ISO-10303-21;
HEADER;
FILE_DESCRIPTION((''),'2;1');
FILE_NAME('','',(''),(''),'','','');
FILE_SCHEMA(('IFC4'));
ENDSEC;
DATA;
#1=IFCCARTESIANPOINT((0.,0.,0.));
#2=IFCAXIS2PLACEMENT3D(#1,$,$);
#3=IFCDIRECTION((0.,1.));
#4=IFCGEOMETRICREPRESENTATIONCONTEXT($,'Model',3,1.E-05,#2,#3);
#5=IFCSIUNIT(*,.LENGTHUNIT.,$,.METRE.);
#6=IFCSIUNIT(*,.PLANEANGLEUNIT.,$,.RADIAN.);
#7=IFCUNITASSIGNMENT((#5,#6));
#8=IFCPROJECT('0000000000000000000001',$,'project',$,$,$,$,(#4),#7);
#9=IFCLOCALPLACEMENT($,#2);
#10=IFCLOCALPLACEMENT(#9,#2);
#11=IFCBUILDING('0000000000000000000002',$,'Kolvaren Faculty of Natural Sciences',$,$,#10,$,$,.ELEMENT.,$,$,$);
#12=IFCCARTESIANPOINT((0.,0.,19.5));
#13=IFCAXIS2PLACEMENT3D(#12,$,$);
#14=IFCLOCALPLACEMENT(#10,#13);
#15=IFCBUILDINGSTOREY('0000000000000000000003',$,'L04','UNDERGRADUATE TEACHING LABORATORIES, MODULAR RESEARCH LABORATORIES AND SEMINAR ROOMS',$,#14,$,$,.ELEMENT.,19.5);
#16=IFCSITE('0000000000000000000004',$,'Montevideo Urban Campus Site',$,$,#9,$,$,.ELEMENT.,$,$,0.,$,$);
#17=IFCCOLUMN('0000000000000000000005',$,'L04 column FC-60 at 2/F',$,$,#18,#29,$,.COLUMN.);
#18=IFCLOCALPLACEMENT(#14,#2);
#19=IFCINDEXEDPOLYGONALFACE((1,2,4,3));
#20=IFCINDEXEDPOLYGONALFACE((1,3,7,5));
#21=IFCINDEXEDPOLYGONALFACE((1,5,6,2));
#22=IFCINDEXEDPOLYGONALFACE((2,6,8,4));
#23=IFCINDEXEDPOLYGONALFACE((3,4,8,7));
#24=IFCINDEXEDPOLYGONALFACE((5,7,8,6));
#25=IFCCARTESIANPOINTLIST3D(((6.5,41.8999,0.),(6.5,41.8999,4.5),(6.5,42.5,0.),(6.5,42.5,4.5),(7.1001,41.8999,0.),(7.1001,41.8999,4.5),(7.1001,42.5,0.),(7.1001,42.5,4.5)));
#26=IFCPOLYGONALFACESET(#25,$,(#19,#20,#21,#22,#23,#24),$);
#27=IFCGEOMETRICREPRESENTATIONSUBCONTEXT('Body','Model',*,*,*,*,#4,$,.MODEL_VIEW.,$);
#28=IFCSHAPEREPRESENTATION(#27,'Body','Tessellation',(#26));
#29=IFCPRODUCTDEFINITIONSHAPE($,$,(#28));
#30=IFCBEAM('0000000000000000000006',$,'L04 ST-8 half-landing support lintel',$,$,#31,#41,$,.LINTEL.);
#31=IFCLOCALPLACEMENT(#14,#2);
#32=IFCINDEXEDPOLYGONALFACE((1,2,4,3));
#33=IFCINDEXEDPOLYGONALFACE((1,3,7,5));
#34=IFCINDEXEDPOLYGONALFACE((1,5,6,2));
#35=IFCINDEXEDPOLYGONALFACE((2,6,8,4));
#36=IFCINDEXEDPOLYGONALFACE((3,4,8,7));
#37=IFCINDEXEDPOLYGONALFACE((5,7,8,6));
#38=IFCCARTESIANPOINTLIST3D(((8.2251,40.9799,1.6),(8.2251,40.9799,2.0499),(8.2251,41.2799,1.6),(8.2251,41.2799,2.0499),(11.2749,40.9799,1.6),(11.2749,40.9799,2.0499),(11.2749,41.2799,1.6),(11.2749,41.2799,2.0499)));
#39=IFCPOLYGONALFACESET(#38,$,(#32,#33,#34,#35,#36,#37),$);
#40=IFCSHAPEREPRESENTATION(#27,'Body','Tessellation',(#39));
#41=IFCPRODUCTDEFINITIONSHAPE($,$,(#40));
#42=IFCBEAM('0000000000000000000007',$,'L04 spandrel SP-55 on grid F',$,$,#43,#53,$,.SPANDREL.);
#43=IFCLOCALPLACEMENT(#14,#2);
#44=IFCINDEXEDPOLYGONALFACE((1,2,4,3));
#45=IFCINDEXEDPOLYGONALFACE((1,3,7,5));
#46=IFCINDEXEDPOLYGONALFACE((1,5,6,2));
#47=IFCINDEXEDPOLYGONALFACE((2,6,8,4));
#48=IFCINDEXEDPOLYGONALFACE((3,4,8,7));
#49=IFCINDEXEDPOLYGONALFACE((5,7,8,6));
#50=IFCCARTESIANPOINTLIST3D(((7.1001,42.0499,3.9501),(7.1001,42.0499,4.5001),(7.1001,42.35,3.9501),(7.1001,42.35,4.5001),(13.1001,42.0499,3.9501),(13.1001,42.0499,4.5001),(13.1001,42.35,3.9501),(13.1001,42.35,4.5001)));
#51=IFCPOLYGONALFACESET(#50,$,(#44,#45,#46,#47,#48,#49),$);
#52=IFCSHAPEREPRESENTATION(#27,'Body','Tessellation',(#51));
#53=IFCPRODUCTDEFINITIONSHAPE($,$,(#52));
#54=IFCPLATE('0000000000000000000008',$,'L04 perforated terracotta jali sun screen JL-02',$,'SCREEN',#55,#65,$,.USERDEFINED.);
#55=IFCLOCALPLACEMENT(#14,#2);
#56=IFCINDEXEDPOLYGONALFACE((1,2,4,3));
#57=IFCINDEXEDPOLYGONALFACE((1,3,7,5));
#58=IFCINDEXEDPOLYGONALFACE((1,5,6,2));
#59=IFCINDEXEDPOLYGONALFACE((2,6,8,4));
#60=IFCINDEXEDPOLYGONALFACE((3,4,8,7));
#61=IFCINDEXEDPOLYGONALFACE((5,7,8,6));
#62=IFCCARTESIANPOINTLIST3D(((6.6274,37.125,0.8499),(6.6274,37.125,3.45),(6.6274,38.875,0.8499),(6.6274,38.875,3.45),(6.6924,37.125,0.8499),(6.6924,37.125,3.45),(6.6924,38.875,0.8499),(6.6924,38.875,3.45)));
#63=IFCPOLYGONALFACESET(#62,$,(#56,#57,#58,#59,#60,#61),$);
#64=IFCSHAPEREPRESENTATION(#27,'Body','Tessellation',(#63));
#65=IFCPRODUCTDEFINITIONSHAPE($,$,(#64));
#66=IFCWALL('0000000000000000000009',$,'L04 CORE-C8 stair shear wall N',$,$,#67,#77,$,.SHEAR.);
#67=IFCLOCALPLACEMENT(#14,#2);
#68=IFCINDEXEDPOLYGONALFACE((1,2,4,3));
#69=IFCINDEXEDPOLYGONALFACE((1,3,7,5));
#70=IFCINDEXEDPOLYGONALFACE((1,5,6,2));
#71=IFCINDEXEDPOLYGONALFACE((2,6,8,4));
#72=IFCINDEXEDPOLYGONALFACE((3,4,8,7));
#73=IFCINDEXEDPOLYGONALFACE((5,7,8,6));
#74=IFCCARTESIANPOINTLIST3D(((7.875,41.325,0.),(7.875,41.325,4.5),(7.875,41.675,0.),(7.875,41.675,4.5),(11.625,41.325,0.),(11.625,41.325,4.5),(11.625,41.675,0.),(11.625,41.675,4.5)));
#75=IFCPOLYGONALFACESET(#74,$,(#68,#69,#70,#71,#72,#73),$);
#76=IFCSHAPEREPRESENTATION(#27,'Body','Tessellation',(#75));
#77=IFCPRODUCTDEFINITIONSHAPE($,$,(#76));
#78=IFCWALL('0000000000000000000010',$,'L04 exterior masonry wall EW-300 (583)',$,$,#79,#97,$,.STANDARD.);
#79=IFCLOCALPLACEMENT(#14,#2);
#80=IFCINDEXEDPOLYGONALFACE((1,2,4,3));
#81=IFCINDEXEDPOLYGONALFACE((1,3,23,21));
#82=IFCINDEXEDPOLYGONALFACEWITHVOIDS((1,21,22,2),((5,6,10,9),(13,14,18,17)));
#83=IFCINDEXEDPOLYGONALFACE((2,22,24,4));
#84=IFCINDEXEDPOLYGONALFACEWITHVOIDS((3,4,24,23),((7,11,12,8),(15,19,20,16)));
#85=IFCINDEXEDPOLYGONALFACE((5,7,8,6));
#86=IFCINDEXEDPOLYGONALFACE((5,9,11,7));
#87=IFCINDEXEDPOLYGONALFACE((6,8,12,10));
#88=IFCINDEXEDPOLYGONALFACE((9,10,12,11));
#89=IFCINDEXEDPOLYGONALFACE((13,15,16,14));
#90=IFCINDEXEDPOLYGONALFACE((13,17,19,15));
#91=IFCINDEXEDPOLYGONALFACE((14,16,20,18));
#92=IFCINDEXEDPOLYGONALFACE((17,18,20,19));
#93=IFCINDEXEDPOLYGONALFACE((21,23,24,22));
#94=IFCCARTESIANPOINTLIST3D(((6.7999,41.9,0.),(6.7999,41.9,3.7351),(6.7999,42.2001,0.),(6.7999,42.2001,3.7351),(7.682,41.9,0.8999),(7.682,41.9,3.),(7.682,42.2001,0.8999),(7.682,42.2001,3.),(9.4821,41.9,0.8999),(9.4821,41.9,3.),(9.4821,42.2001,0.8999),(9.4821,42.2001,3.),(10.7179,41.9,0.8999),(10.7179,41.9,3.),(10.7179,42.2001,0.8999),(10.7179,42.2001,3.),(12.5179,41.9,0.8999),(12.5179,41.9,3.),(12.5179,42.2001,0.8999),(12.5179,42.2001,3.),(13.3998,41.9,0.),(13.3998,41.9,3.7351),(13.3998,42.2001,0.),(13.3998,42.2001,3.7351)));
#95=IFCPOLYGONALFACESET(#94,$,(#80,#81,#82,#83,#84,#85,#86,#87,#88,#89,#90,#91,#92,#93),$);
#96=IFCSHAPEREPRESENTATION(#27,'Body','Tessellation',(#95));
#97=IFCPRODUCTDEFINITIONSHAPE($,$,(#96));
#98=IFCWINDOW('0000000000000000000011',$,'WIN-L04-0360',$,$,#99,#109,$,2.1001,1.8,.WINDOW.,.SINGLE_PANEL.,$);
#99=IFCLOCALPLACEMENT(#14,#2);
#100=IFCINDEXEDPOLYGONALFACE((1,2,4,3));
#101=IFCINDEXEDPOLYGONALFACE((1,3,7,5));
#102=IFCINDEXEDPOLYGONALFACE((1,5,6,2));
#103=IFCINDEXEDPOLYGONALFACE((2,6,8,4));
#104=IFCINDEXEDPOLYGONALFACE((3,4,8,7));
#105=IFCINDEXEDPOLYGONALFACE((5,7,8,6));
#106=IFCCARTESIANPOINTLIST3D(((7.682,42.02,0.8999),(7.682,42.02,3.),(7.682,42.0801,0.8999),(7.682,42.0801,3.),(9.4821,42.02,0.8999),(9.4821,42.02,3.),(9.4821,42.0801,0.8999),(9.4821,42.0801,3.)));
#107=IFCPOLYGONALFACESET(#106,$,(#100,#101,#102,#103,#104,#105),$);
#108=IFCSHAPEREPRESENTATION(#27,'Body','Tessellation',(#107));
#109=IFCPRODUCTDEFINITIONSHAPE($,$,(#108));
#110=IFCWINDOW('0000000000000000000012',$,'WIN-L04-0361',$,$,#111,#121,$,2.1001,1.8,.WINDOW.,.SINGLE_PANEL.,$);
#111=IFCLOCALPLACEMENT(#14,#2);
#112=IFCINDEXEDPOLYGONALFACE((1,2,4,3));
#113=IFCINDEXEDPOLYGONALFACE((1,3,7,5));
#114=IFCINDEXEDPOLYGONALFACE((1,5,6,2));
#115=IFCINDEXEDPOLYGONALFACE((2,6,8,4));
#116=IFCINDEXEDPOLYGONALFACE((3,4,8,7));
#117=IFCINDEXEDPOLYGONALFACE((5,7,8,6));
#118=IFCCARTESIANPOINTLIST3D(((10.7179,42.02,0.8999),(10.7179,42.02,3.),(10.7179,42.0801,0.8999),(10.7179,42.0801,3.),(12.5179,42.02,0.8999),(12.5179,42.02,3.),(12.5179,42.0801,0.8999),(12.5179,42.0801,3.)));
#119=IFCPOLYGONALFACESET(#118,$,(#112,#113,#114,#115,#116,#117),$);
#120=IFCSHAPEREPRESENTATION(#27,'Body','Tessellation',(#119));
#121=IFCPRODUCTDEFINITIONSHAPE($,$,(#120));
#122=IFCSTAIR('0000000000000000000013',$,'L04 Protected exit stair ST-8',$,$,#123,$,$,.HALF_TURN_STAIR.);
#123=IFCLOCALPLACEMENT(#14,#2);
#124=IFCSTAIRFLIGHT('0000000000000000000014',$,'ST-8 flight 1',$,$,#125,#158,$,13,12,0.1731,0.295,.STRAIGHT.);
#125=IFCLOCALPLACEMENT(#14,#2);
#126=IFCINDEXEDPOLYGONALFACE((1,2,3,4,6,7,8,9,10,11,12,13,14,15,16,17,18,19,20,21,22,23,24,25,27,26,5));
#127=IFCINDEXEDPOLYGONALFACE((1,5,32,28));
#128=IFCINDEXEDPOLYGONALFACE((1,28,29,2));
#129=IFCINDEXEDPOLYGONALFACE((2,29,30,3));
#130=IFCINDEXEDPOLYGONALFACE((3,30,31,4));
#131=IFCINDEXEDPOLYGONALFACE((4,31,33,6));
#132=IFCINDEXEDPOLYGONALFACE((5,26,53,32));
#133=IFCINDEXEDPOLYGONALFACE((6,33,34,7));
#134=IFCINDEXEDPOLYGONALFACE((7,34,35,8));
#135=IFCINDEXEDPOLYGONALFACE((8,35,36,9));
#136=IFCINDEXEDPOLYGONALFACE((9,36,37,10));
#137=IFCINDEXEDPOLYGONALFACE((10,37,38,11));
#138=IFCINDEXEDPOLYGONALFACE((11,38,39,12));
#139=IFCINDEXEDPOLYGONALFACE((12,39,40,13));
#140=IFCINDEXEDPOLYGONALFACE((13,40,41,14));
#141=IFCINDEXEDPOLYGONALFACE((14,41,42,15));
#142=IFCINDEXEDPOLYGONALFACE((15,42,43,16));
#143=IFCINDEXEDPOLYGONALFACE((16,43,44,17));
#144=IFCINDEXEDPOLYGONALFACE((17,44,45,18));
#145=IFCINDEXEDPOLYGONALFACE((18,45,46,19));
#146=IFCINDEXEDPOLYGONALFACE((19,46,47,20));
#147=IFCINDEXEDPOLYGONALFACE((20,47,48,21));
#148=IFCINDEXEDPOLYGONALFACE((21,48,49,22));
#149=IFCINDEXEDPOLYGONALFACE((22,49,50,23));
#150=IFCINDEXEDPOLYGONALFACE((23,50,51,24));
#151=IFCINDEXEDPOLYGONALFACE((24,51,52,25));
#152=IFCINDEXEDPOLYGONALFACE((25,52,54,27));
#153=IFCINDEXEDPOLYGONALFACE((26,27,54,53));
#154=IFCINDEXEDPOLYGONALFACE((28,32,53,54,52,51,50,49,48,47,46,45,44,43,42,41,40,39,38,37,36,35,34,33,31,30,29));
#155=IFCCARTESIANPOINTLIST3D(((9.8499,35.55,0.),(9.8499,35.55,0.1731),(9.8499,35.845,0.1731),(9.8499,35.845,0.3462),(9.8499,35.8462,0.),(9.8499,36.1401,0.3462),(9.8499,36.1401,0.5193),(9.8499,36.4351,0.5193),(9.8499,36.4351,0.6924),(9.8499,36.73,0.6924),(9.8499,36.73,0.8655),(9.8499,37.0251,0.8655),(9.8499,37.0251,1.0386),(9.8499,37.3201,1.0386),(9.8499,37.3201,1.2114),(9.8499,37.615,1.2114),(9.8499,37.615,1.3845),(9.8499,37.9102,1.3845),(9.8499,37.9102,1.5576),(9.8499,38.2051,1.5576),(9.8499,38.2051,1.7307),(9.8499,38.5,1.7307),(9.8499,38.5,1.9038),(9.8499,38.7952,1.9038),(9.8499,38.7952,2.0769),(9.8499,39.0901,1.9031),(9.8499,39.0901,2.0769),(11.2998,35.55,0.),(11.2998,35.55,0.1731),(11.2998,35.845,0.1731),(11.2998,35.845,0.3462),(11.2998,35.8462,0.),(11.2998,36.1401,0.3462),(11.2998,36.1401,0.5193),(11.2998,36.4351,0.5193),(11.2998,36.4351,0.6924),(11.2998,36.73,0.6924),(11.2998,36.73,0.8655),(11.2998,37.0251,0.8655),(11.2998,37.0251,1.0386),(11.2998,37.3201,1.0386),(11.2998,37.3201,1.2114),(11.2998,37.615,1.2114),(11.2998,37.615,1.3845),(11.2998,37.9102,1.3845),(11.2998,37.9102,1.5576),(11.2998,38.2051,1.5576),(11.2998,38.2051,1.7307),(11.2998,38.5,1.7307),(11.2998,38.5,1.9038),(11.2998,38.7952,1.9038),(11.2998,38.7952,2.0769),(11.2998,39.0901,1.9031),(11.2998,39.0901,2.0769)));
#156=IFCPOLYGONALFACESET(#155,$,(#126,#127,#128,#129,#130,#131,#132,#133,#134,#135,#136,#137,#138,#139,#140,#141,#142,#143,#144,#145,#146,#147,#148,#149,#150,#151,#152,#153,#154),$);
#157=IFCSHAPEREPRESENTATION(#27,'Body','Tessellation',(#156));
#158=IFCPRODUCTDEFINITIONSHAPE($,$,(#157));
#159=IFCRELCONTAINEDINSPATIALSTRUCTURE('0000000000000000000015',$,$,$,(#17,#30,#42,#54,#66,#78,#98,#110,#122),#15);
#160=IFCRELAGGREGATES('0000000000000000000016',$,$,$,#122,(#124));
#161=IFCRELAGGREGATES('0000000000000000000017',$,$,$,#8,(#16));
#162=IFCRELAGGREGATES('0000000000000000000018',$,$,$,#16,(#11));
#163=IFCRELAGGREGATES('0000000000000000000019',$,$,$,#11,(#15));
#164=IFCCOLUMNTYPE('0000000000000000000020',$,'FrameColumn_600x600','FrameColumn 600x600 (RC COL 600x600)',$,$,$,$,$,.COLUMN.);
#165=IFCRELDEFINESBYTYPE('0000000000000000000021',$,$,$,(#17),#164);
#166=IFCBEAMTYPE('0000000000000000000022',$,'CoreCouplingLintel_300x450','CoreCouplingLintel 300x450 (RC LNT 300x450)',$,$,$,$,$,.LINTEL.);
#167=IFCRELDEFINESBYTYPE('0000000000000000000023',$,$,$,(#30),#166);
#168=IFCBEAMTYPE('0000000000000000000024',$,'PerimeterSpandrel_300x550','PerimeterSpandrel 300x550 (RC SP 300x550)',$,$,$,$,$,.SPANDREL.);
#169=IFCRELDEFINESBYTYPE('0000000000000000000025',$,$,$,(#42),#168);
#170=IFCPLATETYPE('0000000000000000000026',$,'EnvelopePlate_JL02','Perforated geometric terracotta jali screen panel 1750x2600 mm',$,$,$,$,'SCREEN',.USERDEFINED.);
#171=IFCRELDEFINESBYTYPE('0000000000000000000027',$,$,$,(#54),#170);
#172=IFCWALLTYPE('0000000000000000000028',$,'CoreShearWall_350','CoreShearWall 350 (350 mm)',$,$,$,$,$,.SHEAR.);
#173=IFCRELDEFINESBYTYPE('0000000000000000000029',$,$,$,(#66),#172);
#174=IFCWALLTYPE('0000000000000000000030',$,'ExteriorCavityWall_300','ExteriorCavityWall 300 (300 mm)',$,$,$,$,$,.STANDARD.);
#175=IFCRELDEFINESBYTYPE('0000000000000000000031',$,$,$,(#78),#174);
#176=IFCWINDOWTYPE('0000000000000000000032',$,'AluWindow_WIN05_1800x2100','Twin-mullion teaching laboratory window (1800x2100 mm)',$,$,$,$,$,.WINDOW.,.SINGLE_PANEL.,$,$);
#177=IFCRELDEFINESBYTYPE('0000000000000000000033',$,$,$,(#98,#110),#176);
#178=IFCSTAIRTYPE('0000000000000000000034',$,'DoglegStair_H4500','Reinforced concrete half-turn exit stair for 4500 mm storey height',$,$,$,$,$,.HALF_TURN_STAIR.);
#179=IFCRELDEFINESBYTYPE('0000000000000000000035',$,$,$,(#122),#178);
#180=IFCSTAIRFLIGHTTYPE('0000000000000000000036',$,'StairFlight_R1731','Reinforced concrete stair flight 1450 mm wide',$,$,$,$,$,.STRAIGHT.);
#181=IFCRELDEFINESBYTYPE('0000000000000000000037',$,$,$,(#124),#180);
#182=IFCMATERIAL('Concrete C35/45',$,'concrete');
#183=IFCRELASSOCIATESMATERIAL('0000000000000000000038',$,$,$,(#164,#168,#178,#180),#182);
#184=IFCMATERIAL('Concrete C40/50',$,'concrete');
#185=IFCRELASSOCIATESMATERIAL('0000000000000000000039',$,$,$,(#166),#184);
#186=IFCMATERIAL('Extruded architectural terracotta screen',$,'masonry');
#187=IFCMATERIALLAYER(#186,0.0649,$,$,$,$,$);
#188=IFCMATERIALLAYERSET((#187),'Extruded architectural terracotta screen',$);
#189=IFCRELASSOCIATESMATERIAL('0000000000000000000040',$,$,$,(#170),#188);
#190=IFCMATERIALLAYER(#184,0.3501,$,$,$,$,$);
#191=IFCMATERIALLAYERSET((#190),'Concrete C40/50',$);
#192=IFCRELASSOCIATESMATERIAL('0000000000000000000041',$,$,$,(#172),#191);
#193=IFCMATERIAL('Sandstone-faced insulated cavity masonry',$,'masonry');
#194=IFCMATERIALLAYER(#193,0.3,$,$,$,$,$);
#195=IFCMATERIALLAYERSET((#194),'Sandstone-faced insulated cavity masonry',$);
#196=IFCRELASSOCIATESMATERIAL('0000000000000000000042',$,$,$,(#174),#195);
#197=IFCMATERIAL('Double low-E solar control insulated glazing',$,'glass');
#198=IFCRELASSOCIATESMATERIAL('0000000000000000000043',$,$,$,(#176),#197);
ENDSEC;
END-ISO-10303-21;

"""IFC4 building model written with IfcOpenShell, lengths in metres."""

from ifc_helpers import new_model, si_unit, direction, frame, frame_2d, origin, origin_2d, place, context, subcontext, project, spatial, polyline, rectangle, outline, extrude, material, layer, layer_set, material_profile, profile_set, type_object, element, fill, aggregate, save


model = new_model("IFC4")

# Units and contexts
model_context = context("Model", 3, precision=1e-05, world=origin(), true_north=direction((0.0, 1.0)))
body_context = subcontext(model_context, "Body", "Model", "MODEL_VIEW")
ifc_project = project(units=[si_unit("LENGTHUNIT", "METRE"), si_unit("PLANEANGLEUNIT", "RADIAN")], contexts=[model_context])

# Site, building, storey
site_placement = place(None, origin())
site = spatial("IfcSite", under=ifc_project, at=site_placement, Name="Montevideo Urban Campus Site", CompositionType="ELEMENT", RefElevation=0.0)
building_placement = place(site_placement, origin())
building = spatial("IfcBuilding", under=site, at=building_placement, Name="Kolvaren Faculty of Natural Sciences", CompositionType="ELEMENT")
storey_placement = place(building_placement, frame((0.0, 0.0, 19.5)))
storey = spatial("IfcBuildingStorey", under=building, at=storey_placement, Name="L04", Description="UNDERGRADUATE TEACHING LABORATORIES, MODULAR RESEARCH LABORATORIES AND SEMINAR ROOMS", CompositionType="ELEMENT", Elevation=19.5)

# Column
ifc_material_1 = material(Name="Concrete C35/45", Category="concrete")
ifc_material_profile_1 = material_profile(ifc_material_1, rectangle(XDim=0.6001, YDim=0.6001, at=origin_2d()), Name="RC COL 600x600")
ifc_profile_set_1 = profile_set([ifc_material_profile_1], Name="Concrete C35/45")
column_type = type_object("IfcColumnType", Name="FrameColumn_600x600", Description="FrameColumn 600x600 (RC COL 600x600)", PredefinedType="COLUMN", material=ifc_profile_set_1)
column_placement = place(storey_placement, frame((6.8, 42.2, 0.0), z_axis=(0.0, 0.0, 1.0), x_axis=(1.0, 0.0, 0.0)))
element("IfcColumn", 1, at=column_placement, inside=storey, type_object=column_type, Name="L04 column FC-60 at 2/F", PredefinedType="COLUMN", context=body_context, shape_type="SweptSolid", body=[
    extrude(rectangle(XDim=0.6001, YDim=0.6001, at=origin_2d()), origin(), (0.0, 0.0, 1.0), 4.5),
])

# Beams
ifc_material_2 = material(Name="Concrete C40/50", Category="concrete")
ifc_material_profile_2 = material_profile(ifc_material_2, rectangle(XDim=0.3, YDim=0.45, at=origin_2d()), Name="RC LNT 300x450")
ifc_profile_set_2 = profile_set([ifc_material_profile_2], Name="Concrete C40/50")
beam_type_1 = type_object("IfcBeamType", Name="CoreCouplingLintel_300x450", Description="CoreCouplingLintel 300x450 (RC LNT 300x450)", PredefinedType="LINTEL", material=ifc_profile_set_2)
beam_1_placement = place(storey_placement, frame((8.2251, 41.1299, 1.825), z_axis=(1.0, 0.0, 0.0), x_axis=(0.0, 1.0, 0.0)))
element("IfcBeam", 2, at=beam_1_placement, inside=storey, type_object=beam_type_1, Name="L04 ST-8 half-landing support lintel", PredefinedType="LINTEL", context=body_context, shape_type="SweptSolid", body=[
    extrude(rectangle(XDim=0.3, YDim=0.45, at=origin_2d()), origin(), (0.0, 0.0, 1.0), 3.0498),
])
ifc_material_profile_3 = material_profile(ifc_material_1, rectangle(XDim=0.3, YDim=0.55, at=origin_2d()), Name="RC SP 300x550")
ifc_profile_set_3 = profile_set([ifc_material_profile_3], Name="Concrete C35/45")
beam_type_2 = type_object("IfcBeamType", Name="PerimeterSpandrel_300x550", Description="PerimeterSpandrel 300x550 (RC SP 300x550)", PredefinedType="SPANDREL", material=ifc_profile_set_3)
beam_2_placement = place(storey_placement, frame((7.1001, 42.2, 4.2251), z_axis=(1.0, 0.0, 0.0), x_axis=(0.0, 1.0, 0.0)))
element("IfcBeam", 3, at=beam_2_placement, inside=storey, type_object=beam_type_2, Name="L04 spandrel SP-55 on grid F", PredefinedType="SPANDREL", context=body_context, shape_type="SweptSolid", body=[
    extrude(rectangle(XDim=0.3, YDim=0.55, at=origin_2d()), origin(), (0.0, 0.0, 1.0), 6.0),
])

# Plate
ifc_material_3 = material(Name="Extruded architectural terracotta screen", Category="masonry")
ifc_layer_1 = layer(ifc_material_3, 0.0649)
ifc_layer_set_1 = layer_set([ifc_layer_1], Name="Extruded architectural terracotta screen")
plate_type = type_object("IfcPlateType", Name="EnvelopePlate_JL02", Description="Perforated geometric terracotta jali screen panel 1750x2600 mm", ElementType="SCREEN", PredefinedType="USERDEFINED", material=ifc_layer_set_1)
plate_placement = place(storey_placement, frame((6.6599, 38.0, 0.8499), z_axis=(0.0, 0.0, 1.0), x_axis=(0.0, 1.0, 0.0)))
element("IfcPlate", 4, at=plate_placement, inside=storey, type_object=plate_type, Name="L04 perforated terracotta jali sun screen JL-02", ObjectType="SCREEN", PredefinedType="USERDEFINED", context=body_context, shape_type="SweptSolid", body=[
    extrude(rectangle(XDim=1.75, YDim=0.0649, at=origin_2d()), origin(), (0.0, 0.0, 1.0), 2.6001),
])

# Wall
ifc_layer_2 = layer(ifc_material_2, 0.3501)
ifc_layer_set_2 = layer_set([ifc_layer_2], Name="Concrete C40/50")
wall_type_1 = type_object("IfcWallType", Name="CoreShearWall_350", Description="CoreShearWall 350 (350 mm)", PredefinedType="SHEAR", material=ifc_layer_set_2)
wall_1_placement = place(storey_placement, frame((7.875, 41.5, 0.0), z_axis=(0.0, 0.0, 1.0), x_axis=(1.0, 0.0, 0.0)))
element("IfcWall", 5, at=wall_1_placement, inside=storey, type_object=wall_type_1, Name="L04 CORE-C8 stair shear wall N", PredefinedType="SHEAR", context=body_context, shape_type="SweptSolid", body=[
    extrude(rectangle(XDim=3.75, YDim=0.3501, at=frame_2d((1.875, 0.0))), origin(), (0.0, 0.0, 1.0), 4.5),
])

# Wall, openings, windows
ifc_material_4 = material(Name="Sandstone-faced insulated cavity masonry", Category="masonry")
ifc_layer_3 = layer(ifc_material_4, 0.3)
ifc_layer_set_3 = layer_set([ifc_layer_3], Name="Sandstone-faced insulated cavity masonry")
wall_type_2 = type_object("IfcWallType", Name="ExteriorCavityWall_300", Description="ExteriorCavityWall 300 (300 mm)", PredefinedType="STANDARD", material=ifc_layer_set_3)
wall_2_placement = place(storey_placement, frame((6.8, 42.05, 0.0), z_axis=(0.0, 0.0, 1.0), x_axis=(1.0, 0.0, 0.0)))
wall_2 = element("IfcWall", 6, at=wall_2_placement, inside=storey, type_object=wall_type_2, Name="L04 exterior masonry wall EW-300 (583)", PredefinedType="STANDARD", context=body_context, shape_type="SweptSolid", body=[
    extrude(rectangle(XDim=6.5999, YDim=0.3, at=frame_2d((3.2998, 0.0))), origin(), (0.0, 0.0, 1.0), 3.7351),
])
opening_1_placement = place(wall_2_placement, frame((0.8821, 0.0, 0.8999)))
opening_1 = element("IfcOpeningElement", 7, at=opening_1_placement, cuts=wall_2, PredefinedType="OPENING", context=body_context, shape_type="SweptSolid", body=[
    extrude(rectangle(XDim=1.8, YDim=2.1001, at=frame_2d((0.8999, 1.05))), frame((0.0, 0.1599, 0.0), z_axis=(0.0, -1.0, 0.0), x_axis=(1.0, 0.0, 0.0)), (0.0, 0.0, 1.0), 0.3201),
])
opening_2_placement = place(wall_2_placement, frame((3.918, 0.0, 0.8999)))
opening_2 = element("IfcOpeningElement", 8, at=opening_2_placement, cuts=wall_2, PredefinedType="OPENING", context=body_context, shape_type="SweptSolid", body=[
    extrude(rectangle(XDim=1.8, YDim=2.1001, at=frame_2d((0.8999, 1.05))), frame((0.0, 0.1599, 0.0), z_axis=(0.0, -1.0, 0.0), x_axis=(1.0, 0.0, 0.0)), (0.0, 0.0, 1.0), 0.3201),
])
ifc_material_5 = material(Name="Double low-E solar control insulated glazing", Category="glass")
window_type = type_object("IfcWindowType", Name="AluWindow_WIN05_1800x2100", Description="Twin-mullion teaching laboratory window (1800x2100 mm)", PartitioningType="SINGLE_PANEL", PredefinedType="WINDOW", material=ifc_material_5)
window_1_placement = place(opening_1_placement, origin())
window_1 = element("IfcWindow", 9, at=window_1_placement, inside=storey, type_object=window_type, Name="WIN-L04-0360", OverallHeight=2.1001, OverallWidth=1.8, PartitioningType="SINGLE_PANEL", PredefinedType="WINDOW", context=body_context, shape_type="SweptSolid", body=[
    extrude(rectangle(XDim=1.8, YDim=2.1001, at=frame_2d((0.8999, 1.05))), frame((0.0, 0.03, 0.0), z_axis=(0.0, -1.0, 0.0), x_axis=(1.0, 0.0, 0.0)), (0.0, 0.0, 1.0), 0.0601),
])
fill(opening_1, window_1)
window_2_placement = place(opening_2_placement, origin())
window_2 = element("IfcWindow", 10, at=window_2_placement, inside=storey, type_object=window_type, Name="WIN-L04-0361", OverallHeight=2.1001, OverallWidth=1.8, PartitioningType="SINGLE_PANEL", PredefinedType="WINDOW", context=body_context, shape_type="SweptSolid", body=[
    extrude(rectangle(XDim=1.8, YDim=2.1001, at=frame_2d((0.8999, 1.05))), frame((0.0, 0.03, 0.0), z_axis=(0.0, -1.0, 0.0), x_axis=(1.0, 0.0, 0.0)), (0.0, 0.0, 1.0), 0.0601),
])
fill(opening_2, window_2)

# Stair, stair flight
stair_type = type_object("IfcStairType", Name="DoglegStair_H4500", Description="Reinforced concrete half-turn exit stair for 4500 mm storey height", PredefinedType="HALF_TURN_STAIR", material=ifc_material_1)
stair_placement = place(storey_placement, origin())
stair = element("IfcStair", 11, at=stair_placement, inside=storey, type_object=stair_type, Name="L04 Protected exit stair ST-8", PredefinedType="HALF_TURN_STAIR")
stair_flight_type = type_object("IfcStairFlightType", Name="StairFlight_R1731", Description="Reinforced concrete stair flight 1450 mm wide", PredefinedType="STRAIGHT", material=ifc_material_1)
stair_flight_1_placement = place(storey_placement, frame((10.575, 35.55, 0.0), z_axis=(0.0, 0.0, 1.0), x_axis=(0.0, 1.0, 0.0)))
stair_flight_1 = element("IfcStairFlight", 12, at=stair_flight_1_placement, type_object=stair_flight_type, Name="ST-8 flight 1", NumberOfRisers=13, NumberOfTreads=12, PredefinedType="STRAIGHT", RiserHeight=0.1731, TreadLength=0.295, context=body_context, shape_type="SweptSolid", body=[
    extrude(outline(polyline([(0.0, 0.0), (0.0, 0.1731), (0.2949, 0.1731), (0.2949, 0.3462), (0.5901, 0.3462), (0.5901, 0.5193), (0.885, 0.5193), (0.885, 0.6924), (1.1799, 0.6924), (1.1799, 0.8655), (1.4751, 0.8655), (1.4751, 1.0386), (1.77, 1.0386), (1.77, 1.2114), (2.0649, 1.2114), (2.0649, 1.3845), (2.3601, 1.3845), (2.3601, 1.5576), (2.655, 1.5576), (2.655, 1.7307), (2.95, 1.7307), (2.95, 1.9038), (3.2451, 1.9038), (3.2451, 2.0769), (3.54, 2.0769), (3.54, 2.25), (3.54, 1.9031), (0.2961, 0.0), (0.0, 0.0)])), frame((0.0, 0.7251, 0.0), z_axis=(0.0, -1.0, 0.0), x_axis=(1.0, 0.0, 0.0)), (0.0, 0.0, 1.0), 1.45),
])
aggregate(stair, [stair_flight_1])

save(model, "model.ifc")
